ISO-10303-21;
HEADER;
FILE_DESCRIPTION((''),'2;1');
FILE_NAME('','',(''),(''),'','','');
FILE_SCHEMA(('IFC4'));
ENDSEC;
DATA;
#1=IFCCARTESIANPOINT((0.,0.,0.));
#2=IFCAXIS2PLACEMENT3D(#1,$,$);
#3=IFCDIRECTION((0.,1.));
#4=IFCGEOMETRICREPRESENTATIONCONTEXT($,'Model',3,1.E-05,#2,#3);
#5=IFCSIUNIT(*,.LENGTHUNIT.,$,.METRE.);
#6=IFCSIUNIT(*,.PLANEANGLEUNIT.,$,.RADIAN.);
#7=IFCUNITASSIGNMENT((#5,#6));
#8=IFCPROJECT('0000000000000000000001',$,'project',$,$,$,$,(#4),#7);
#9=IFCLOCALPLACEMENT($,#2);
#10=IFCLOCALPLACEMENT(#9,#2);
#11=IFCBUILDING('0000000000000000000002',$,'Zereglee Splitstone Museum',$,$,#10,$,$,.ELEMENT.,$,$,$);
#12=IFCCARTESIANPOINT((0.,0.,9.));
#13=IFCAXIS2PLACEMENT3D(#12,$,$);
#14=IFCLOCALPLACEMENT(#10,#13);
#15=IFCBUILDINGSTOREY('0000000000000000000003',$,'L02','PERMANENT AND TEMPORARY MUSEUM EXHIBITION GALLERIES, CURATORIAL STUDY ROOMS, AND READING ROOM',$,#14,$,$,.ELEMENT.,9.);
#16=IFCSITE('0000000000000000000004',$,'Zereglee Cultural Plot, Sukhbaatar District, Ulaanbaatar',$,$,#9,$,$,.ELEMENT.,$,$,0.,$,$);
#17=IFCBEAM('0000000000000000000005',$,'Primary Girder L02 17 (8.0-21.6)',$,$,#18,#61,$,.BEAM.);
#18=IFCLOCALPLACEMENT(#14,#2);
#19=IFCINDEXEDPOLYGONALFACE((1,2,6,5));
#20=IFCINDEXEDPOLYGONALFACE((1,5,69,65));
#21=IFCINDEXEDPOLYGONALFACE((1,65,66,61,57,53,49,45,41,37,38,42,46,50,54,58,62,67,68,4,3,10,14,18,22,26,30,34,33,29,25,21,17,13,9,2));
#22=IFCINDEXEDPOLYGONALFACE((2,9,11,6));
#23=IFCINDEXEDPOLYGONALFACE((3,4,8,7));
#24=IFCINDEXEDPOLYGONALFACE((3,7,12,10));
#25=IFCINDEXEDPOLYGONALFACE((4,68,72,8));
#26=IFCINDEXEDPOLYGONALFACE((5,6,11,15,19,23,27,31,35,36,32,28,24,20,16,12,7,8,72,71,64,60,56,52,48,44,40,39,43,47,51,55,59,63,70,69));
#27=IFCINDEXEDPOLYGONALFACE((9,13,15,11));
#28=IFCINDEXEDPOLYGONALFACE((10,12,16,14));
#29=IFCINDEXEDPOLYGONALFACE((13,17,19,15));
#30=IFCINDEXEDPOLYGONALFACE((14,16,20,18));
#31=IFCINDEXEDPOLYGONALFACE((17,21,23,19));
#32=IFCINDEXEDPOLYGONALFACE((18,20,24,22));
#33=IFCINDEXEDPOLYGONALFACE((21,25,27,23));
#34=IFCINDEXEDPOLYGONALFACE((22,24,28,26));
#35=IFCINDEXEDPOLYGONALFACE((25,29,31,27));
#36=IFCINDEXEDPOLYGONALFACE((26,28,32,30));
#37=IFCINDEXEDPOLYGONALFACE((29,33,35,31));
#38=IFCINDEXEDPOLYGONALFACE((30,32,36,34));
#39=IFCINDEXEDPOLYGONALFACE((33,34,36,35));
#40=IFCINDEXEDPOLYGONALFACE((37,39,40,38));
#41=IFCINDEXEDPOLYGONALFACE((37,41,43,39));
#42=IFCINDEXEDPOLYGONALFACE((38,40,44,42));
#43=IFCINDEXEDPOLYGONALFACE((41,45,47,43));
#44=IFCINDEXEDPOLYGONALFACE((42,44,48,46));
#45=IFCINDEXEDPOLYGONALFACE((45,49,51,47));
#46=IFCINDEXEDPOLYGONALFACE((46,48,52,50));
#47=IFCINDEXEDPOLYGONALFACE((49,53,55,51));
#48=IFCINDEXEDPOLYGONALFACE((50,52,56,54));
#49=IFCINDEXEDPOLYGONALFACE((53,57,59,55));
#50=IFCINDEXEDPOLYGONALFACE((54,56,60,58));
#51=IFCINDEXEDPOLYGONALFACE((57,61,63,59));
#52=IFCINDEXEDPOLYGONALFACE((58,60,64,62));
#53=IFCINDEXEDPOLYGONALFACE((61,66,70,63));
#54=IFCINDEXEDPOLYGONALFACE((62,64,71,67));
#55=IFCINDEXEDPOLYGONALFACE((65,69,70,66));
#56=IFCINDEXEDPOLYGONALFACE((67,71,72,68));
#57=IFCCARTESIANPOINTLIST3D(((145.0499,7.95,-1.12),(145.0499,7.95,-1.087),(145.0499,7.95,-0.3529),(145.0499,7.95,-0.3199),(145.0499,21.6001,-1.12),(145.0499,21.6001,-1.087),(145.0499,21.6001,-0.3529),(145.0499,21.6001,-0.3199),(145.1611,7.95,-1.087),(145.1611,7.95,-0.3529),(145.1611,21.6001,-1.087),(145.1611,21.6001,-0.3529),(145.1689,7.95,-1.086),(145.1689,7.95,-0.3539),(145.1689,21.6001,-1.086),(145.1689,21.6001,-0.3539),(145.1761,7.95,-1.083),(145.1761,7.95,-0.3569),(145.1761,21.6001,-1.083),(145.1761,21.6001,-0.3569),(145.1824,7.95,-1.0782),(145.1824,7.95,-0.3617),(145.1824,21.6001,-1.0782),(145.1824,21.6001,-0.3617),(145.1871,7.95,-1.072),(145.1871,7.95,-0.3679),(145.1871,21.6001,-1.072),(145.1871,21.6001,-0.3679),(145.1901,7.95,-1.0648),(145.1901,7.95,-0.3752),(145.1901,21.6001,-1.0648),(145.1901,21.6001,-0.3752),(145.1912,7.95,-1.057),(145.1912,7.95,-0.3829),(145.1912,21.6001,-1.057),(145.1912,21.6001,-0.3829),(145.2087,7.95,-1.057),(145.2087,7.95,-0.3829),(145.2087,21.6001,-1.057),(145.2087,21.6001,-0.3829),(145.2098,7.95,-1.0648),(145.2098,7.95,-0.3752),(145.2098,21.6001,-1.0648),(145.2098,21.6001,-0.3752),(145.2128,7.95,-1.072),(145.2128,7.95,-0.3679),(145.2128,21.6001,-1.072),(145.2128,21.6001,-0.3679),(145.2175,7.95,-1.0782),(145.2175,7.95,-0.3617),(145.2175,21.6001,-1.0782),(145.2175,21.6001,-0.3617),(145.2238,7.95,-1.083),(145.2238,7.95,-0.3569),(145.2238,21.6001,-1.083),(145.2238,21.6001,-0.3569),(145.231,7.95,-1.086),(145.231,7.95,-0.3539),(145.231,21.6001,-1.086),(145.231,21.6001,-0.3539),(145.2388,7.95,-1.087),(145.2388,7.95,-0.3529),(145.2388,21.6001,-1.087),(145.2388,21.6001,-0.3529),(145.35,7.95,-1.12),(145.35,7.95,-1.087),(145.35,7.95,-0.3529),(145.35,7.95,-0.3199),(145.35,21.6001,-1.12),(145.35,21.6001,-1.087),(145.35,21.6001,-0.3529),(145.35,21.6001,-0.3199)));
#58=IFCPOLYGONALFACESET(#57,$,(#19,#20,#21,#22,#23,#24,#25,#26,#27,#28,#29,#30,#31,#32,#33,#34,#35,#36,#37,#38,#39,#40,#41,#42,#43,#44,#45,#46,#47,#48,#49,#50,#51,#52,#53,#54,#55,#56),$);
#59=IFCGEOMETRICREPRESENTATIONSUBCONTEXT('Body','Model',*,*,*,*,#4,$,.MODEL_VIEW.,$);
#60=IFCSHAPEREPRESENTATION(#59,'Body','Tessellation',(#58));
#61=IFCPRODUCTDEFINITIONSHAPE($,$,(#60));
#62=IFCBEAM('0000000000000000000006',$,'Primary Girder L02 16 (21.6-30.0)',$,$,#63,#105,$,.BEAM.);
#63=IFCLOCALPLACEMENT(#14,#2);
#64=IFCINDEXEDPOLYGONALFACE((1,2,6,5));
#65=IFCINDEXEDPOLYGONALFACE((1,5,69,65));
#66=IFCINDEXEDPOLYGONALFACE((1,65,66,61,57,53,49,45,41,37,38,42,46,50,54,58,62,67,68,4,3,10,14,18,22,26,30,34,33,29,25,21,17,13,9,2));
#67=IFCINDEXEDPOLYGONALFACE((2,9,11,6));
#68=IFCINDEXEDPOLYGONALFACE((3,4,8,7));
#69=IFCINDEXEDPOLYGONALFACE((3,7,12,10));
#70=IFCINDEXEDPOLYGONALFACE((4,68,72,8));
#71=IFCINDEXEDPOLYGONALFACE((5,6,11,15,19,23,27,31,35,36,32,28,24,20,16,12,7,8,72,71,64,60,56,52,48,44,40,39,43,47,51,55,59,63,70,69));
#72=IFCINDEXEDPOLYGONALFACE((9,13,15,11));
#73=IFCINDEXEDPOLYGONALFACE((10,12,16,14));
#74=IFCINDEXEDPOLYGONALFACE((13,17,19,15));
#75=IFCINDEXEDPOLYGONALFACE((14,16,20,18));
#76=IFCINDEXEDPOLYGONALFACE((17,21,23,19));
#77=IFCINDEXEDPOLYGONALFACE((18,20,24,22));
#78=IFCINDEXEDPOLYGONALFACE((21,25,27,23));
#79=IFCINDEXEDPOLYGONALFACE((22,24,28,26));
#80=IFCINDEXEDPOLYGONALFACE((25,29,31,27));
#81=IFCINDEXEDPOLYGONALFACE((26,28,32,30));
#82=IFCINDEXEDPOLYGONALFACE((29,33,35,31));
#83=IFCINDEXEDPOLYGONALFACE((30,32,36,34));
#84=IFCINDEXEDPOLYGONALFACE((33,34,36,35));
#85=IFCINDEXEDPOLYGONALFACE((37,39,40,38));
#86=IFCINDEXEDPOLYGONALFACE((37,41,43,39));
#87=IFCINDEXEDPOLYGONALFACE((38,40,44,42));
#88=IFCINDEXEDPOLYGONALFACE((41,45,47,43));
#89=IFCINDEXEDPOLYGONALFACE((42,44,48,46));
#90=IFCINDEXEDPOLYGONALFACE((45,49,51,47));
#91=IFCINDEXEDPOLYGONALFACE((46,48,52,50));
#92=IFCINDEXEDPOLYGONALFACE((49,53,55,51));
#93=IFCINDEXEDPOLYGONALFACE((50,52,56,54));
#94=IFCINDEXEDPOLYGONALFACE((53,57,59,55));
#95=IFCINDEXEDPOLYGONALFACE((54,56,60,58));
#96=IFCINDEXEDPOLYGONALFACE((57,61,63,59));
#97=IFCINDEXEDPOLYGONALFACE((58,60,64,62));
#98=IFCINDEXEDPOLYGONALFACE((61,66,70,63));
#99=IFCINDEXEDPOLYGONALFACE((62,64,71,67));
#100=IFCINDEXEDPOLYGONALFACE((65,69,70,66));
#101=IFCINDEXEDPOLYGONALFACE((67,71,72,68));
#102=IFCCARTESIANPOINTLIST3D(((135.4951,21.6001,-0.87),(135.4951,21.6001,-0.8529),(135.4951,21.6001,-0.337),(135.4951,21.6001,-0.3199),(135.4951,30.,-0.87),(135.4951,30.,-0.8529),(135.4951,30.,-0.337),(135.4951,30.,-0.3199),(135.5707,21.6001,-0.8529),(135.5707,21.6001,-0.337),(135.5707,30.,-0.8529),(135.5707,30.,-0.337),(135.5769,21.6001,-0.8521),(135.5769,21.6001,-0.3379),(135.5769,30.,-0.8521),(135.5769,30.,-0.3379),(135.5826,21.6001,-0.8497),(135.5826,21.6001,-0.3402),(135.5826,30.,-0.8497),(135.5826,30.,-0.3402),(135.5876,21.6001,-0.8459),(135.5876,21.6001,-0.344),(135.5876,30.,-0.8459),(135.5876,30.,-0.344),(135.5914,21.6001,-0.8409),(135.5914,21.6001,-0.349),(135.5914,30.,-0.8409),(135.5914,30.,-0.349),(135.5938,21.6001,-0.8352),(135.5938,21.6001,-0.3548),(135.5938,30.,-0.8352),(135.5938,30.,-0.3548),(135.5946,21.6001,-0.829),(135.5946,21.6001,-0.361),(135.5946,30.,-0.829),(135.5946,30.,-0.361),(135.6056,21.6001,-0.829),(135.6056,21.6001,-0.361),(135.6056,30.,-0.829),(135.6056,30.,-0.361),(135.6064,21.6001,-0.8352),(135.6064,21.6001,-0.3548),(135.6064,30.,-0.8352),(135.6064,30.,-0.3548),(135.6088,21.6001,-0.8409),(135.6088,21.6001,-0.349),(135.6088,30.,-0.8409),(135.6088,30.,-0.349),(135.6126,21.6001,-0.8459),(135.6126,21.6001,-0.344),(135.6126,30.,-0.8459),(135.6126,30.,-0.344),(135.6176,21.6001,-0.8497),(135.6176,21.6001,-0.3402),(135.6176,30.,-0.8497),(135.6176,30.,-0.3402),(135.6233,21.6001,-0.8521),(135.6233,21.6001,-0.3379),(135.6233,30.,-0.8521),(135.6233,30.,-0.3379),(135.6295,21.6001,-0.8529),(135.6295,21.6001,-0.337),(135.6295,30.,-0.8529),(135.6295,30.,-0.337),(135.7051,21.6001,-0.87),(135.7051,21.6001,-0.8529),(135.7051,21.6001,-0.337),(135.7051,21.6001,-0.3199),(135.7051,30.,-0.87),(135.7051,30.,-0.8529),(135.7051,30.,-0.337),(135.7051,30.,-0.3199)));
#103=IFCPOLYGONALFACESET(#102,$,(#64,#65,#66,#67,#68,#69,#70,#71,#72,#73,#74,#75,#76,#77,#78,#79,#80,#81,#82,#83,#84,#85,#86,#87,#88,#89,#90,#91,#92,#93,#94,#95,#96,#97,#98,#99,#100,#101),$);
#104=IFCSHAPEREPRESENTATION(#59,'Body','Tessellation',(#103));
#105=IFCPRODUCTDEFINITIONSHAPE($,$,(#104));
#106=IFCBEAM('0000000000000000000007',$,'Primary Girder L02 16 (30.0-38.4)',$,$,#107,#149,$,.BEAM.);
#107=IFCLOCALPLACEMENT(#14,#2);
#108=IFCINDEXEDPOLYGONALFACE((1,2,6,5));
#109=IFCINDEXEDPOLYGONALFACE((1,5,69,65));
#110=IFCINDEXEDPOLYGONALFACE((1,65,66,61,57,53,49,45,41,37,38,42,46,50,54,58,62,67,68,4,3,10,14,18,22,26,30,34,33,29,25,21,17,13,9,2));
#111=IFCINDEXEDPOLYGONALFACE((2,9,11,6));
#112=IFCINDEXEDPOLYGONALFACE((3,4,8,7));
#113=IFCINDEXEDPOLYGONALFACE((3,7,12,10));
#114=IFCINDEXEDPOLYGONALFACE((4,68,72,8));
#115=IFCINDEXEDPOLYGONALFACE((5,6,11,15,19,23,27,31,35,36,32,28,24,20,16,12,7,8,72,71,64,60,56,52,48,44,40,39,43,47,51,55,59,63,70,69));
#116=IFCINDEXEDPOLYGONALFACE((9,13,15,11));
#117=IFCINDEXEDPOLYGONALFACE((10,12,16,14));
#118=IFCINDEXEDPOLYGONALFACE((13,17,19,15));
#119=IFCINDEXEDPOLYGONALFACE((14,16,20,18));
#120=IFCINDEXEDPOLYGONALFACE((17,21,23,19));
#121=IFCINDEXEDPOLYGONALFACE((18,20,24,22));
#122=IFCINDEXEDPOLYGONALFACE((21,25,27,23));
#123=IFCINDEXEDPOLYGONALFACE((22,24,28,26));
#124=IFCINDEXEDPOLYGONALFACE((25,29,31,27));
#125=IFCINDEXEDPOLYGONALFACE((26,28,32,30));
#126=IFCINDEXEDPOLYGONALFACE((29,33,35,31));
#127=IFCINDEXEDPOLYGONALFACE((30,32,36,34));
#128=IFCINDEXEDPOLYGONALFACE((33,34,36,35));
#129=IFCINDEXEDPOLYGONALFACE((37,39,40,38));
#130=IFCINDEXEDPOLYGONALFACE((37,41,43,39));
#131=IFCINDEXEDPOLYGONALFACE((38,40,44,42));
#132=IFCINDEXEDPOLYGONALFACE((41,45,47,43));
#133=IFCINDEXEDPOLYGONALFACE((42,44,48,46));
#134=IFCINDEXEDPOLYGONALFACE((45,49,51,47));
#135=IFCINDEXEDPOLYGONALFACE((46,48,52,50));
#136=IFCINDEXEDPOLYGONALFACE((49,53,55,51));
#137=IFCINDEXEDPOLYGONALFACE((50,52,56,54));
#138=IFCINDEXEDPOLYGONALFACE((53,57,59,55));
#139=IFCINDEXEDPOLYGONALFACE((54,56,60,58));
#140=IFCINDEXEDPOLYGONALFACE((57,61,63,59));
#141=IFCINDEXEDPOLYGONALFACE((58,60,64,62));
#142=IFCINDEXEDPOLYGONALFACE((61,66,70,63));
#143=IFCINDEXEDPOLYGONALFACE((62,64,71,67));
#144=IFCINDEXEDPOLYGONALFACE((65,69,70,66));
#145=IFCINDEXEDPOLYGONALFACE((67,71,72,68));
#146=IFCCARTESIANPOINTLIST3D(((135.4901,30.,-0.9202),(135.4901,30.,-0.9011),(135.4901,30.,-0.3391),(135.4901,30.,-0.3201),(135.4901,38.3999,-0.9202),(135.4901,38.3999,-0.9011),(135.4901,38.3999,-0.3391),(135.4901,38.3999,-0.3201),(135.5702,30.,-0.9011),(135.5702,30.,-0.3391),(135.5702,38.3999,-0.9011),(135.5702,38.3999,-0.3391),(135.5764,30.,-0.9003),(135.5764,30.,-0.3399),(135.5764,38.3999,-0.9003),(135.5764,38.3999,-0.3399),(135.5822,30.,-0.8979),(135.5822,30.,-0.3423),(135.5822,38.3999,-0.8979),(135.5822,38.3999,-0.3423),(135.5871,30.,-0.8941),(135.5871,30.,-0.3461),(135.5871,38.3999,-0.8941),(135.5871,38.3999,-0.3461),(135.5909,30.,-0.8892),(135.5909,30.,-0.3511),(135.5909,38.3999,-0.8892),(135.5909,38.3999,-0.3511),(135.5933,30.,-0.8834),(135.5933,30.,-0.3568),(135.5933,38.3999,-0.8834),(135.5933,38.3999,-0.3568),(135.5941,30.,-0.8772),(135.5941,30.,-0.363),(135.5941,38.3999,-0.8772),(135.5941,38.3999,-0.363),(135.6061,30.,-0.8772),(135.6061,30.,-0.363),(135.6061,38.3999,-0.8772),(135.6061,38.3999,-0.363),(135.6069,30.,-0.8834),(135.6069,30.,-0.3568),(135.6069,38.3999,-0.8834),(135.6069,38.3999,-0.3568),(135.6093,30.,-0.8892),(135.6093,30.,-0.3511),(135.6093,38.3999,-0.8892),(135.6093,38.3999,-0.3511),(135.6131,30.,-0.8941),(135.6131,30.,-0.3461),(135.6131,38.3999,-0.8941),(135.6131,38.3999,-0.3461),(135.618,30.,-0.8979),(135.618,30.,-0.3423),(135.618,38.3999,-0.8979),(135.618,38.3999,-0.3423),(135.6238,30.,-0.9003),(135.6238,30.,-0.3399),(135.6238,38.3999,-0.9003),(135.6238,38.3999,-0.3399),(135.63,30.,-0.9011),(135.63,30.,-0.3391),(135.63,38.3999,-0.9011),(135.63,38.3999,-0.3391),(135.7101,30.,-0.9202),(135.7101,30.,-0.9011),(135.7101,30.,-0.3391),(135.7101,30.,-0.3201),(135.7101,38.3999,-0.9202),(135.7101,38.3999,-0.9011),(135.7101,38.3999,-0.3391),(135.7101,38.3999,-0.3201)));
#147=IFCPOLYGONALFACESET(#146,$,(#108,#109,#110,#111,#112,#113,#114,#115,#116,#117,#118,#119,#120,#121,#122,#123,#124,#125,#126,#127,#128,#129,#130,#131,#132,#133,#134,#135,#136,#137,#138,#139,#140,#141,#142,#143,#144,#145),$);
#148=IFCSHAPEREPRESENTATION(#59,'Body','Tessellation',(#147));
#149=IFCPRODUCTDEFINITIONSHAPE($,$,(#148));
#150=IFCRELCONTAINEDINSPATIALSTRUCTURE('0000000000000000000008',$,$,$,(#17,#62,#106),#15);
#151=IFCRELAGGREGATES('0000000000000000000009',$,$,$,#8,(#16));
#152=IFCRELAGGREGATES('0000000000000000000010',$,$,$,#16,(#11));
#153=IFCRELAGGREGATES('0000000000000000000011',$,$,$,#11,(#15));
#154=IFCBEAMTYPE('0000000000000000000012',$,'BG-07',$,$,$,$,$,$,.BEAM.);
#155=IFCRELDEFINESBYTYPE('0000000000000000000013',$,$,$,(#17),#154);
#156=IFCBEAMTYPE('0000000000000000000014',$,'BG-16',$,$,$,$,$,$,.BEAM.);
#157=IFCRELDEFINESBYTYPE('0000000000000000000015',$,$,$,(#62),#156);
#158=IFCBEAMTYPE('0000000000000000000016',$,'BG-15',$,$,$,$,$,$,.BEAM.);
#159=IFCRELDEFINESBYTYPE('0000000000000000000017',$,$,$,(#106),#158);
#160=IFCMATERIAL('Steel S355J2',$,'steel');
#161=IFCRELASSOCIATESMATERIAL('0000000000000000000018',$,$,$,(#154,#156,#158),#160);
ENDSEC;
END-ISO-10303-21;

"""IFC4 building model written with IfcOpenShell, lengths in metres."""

from ifc_helpers import new_model, si_unit, direction, frame, origin, origin_2d, place, context, subcontext, project, spatial, i_section, extrude, material, material_profile, profile_set, type_object, element, save


model = new_model("IFC4")

# Units and contexts
model_context = context("Model", 3, precision=1e-05, world=origin(), true_north=direction((0.0, 1.0)))
body_context = subcontext(model_context, "Body", "Model", "MODEL_VIEW")
ifc_project = project(units=[si_unit("LENGTHUNIT", "METRE"), si_unit("PLANEANGLEUNIT", "RADIAN")], contexts=[model_context])

# Site, building, storey
site_placement = place(None, origin())
site = spatial("IfcSite", under=ifc_project, at=site_placement, Name="Zereglee Cultural Plot, Sukhbaatar District, Ulaanbaatar", CompositionType="ELEMENT", RefElevation=0.0)
building_placement = place(site_placement, origin())
building = spatial("IfcBuilding", under=site, at=building_placement, Name="Zereglee Splitstone Museum", CompositionType="ELEMENT")
storey_placement = place(building_placement, frame((0.0, 0.0, 9.0)))
storey = spatial("IfcBuildingStorey", under=building, at=storey_placement, Name="L02", Description="PERMANENT AND TEMPORARY MUSEUM EXHIBITION GALLERIES, CURATORIAL STUDY ROOMS, AND READING ROOM", CompositionType="ELEMENT", Elevation=9.0)

# Shared definitions
ifc_material_1 = material(Name="Steel S355J2", Category="steel")

# Beams
ifc_material_profile_1 = material_profile(ifc_material_1, i_section(OverallWidth=0.3, OverallDepth=0.8, WebThickness=0.0176, FlangeThickness=0.033, FilletRadius=0.03, at=origin_2d()), Name="HE 800 B")
ifc_profile_set_1 = profile_set([ifc_material_profile_1], Name="Steel S355J2")
beam_type_1 = type_object("IfcBeamType", Name="BG-07", PredefinedType="BEAM", material=ifc_profile_set_1)
for number, where, z_axis, x_axis, name in (
    (1, (145.2, 7.95, -0.72), (0.0, 1.0, 0.0), (-1.0, 0.0, 0.0), "Primary Girder L02 17 (8.0-21.6)"),
):
    element("IfcBeam", number, at=place(storey_placement, frame(where, z_axis=z_axis, x_axis=x_axis)), inside=storey, type_object=beam_type_1, Name=name, PredefinedType="BEAM", context=body_context, shape_type="SweptSolid", body=[
        extrude(i_section(OverallWidth=0.3, OverallDepth=0.8, WebThickness=0.0176, FlangeThickness=0.033, FilletRadius=0.03, at=origin_2d()), origin(), (0.0, 0.0, 1.0), 13.6501),
    ])
ifc_material_profile_2 = material_profile(ifc_material_1, i_section(OverallWidth=0.21, OverallDepth=0.55, WebThickness=0.011, FlangeThickness=0.0171, FilletRadius=0.0239, at=origin_2d()), Name="IPE 550")
ifc_profile_set_2 = profile_set([ifc_material_profile_2], Name="Steel S355J2")
beam_type_2 = type_object("IfcBeamType", Name="BG-16", PredefinedType="BEAM", material=ifc_profile_set_2)
beam_1_placement = place(storey_placement, frame((135.6001, 21.6001, -0.595), z_axis=(0.0, 1.0, 0.0), x_axis=(-1.0, 0.0, 0.0)))
element("IfcBeam", 2, at=beam_1_placement, inside=storey, type_object=beam_type_2, Name="Primary Girder L02 16 (21.6-30.0)", PredefinedType="BEAM", context=body_context, shape_type="SweptSolid", body=[
    extrude(i_section(OverallWidth=0.21, OverallDepth=0.55, WebThickness=0.011, FlangeThickness=0.0171, FilletRadius=0.0239, at=origin_2d()), origin(), (0.0, 0.0, 1.0), 8.3999),
])
ifc_material_profile_3 = material_profile(ifc_material_1, i_section(OverallWidth=0.22, OverallDepth=0.6001, WebThickness=0.012, FlangeThickness=0.019, FilletRadius=0.0239, at=origin_2d()), Name="IPE 600")
ifc_profile_set_3 = profile_set([ifc_material_profile_3], Name="Steel S355J2")
beam_type_3 = type_object("IfcBeamType", Name="BG-15", PredefinedType="BEAM", material=ifc_profile_set_3)
beam_2_placement = place(storey_placement, frame((135.6001, 30.0, -0.6201), z_axis=(0.0, 1.0, 0.0), x_axis=(-1.0, 0.0, 0.0)))
element("IfcBeam", 3, at=beam_2_placement, inside=storey, type_object=beam_type_3, Name="Primary Girder L02 16 (30.0-38.4)", PredefinedType="BEAM", context=body_context, shape_type="SweptSolid", body=[
    extrude(i_section(OverallWidth=0.22, OverallDepth=0.6001, WebThickness=0.012, FlangeThickness=0.019, FilletRadius=0.0239, at=origin_2d()), origin(), (0.0, 0.0, 1.0), 8.3999),
])

save(model, "model.ifc")
